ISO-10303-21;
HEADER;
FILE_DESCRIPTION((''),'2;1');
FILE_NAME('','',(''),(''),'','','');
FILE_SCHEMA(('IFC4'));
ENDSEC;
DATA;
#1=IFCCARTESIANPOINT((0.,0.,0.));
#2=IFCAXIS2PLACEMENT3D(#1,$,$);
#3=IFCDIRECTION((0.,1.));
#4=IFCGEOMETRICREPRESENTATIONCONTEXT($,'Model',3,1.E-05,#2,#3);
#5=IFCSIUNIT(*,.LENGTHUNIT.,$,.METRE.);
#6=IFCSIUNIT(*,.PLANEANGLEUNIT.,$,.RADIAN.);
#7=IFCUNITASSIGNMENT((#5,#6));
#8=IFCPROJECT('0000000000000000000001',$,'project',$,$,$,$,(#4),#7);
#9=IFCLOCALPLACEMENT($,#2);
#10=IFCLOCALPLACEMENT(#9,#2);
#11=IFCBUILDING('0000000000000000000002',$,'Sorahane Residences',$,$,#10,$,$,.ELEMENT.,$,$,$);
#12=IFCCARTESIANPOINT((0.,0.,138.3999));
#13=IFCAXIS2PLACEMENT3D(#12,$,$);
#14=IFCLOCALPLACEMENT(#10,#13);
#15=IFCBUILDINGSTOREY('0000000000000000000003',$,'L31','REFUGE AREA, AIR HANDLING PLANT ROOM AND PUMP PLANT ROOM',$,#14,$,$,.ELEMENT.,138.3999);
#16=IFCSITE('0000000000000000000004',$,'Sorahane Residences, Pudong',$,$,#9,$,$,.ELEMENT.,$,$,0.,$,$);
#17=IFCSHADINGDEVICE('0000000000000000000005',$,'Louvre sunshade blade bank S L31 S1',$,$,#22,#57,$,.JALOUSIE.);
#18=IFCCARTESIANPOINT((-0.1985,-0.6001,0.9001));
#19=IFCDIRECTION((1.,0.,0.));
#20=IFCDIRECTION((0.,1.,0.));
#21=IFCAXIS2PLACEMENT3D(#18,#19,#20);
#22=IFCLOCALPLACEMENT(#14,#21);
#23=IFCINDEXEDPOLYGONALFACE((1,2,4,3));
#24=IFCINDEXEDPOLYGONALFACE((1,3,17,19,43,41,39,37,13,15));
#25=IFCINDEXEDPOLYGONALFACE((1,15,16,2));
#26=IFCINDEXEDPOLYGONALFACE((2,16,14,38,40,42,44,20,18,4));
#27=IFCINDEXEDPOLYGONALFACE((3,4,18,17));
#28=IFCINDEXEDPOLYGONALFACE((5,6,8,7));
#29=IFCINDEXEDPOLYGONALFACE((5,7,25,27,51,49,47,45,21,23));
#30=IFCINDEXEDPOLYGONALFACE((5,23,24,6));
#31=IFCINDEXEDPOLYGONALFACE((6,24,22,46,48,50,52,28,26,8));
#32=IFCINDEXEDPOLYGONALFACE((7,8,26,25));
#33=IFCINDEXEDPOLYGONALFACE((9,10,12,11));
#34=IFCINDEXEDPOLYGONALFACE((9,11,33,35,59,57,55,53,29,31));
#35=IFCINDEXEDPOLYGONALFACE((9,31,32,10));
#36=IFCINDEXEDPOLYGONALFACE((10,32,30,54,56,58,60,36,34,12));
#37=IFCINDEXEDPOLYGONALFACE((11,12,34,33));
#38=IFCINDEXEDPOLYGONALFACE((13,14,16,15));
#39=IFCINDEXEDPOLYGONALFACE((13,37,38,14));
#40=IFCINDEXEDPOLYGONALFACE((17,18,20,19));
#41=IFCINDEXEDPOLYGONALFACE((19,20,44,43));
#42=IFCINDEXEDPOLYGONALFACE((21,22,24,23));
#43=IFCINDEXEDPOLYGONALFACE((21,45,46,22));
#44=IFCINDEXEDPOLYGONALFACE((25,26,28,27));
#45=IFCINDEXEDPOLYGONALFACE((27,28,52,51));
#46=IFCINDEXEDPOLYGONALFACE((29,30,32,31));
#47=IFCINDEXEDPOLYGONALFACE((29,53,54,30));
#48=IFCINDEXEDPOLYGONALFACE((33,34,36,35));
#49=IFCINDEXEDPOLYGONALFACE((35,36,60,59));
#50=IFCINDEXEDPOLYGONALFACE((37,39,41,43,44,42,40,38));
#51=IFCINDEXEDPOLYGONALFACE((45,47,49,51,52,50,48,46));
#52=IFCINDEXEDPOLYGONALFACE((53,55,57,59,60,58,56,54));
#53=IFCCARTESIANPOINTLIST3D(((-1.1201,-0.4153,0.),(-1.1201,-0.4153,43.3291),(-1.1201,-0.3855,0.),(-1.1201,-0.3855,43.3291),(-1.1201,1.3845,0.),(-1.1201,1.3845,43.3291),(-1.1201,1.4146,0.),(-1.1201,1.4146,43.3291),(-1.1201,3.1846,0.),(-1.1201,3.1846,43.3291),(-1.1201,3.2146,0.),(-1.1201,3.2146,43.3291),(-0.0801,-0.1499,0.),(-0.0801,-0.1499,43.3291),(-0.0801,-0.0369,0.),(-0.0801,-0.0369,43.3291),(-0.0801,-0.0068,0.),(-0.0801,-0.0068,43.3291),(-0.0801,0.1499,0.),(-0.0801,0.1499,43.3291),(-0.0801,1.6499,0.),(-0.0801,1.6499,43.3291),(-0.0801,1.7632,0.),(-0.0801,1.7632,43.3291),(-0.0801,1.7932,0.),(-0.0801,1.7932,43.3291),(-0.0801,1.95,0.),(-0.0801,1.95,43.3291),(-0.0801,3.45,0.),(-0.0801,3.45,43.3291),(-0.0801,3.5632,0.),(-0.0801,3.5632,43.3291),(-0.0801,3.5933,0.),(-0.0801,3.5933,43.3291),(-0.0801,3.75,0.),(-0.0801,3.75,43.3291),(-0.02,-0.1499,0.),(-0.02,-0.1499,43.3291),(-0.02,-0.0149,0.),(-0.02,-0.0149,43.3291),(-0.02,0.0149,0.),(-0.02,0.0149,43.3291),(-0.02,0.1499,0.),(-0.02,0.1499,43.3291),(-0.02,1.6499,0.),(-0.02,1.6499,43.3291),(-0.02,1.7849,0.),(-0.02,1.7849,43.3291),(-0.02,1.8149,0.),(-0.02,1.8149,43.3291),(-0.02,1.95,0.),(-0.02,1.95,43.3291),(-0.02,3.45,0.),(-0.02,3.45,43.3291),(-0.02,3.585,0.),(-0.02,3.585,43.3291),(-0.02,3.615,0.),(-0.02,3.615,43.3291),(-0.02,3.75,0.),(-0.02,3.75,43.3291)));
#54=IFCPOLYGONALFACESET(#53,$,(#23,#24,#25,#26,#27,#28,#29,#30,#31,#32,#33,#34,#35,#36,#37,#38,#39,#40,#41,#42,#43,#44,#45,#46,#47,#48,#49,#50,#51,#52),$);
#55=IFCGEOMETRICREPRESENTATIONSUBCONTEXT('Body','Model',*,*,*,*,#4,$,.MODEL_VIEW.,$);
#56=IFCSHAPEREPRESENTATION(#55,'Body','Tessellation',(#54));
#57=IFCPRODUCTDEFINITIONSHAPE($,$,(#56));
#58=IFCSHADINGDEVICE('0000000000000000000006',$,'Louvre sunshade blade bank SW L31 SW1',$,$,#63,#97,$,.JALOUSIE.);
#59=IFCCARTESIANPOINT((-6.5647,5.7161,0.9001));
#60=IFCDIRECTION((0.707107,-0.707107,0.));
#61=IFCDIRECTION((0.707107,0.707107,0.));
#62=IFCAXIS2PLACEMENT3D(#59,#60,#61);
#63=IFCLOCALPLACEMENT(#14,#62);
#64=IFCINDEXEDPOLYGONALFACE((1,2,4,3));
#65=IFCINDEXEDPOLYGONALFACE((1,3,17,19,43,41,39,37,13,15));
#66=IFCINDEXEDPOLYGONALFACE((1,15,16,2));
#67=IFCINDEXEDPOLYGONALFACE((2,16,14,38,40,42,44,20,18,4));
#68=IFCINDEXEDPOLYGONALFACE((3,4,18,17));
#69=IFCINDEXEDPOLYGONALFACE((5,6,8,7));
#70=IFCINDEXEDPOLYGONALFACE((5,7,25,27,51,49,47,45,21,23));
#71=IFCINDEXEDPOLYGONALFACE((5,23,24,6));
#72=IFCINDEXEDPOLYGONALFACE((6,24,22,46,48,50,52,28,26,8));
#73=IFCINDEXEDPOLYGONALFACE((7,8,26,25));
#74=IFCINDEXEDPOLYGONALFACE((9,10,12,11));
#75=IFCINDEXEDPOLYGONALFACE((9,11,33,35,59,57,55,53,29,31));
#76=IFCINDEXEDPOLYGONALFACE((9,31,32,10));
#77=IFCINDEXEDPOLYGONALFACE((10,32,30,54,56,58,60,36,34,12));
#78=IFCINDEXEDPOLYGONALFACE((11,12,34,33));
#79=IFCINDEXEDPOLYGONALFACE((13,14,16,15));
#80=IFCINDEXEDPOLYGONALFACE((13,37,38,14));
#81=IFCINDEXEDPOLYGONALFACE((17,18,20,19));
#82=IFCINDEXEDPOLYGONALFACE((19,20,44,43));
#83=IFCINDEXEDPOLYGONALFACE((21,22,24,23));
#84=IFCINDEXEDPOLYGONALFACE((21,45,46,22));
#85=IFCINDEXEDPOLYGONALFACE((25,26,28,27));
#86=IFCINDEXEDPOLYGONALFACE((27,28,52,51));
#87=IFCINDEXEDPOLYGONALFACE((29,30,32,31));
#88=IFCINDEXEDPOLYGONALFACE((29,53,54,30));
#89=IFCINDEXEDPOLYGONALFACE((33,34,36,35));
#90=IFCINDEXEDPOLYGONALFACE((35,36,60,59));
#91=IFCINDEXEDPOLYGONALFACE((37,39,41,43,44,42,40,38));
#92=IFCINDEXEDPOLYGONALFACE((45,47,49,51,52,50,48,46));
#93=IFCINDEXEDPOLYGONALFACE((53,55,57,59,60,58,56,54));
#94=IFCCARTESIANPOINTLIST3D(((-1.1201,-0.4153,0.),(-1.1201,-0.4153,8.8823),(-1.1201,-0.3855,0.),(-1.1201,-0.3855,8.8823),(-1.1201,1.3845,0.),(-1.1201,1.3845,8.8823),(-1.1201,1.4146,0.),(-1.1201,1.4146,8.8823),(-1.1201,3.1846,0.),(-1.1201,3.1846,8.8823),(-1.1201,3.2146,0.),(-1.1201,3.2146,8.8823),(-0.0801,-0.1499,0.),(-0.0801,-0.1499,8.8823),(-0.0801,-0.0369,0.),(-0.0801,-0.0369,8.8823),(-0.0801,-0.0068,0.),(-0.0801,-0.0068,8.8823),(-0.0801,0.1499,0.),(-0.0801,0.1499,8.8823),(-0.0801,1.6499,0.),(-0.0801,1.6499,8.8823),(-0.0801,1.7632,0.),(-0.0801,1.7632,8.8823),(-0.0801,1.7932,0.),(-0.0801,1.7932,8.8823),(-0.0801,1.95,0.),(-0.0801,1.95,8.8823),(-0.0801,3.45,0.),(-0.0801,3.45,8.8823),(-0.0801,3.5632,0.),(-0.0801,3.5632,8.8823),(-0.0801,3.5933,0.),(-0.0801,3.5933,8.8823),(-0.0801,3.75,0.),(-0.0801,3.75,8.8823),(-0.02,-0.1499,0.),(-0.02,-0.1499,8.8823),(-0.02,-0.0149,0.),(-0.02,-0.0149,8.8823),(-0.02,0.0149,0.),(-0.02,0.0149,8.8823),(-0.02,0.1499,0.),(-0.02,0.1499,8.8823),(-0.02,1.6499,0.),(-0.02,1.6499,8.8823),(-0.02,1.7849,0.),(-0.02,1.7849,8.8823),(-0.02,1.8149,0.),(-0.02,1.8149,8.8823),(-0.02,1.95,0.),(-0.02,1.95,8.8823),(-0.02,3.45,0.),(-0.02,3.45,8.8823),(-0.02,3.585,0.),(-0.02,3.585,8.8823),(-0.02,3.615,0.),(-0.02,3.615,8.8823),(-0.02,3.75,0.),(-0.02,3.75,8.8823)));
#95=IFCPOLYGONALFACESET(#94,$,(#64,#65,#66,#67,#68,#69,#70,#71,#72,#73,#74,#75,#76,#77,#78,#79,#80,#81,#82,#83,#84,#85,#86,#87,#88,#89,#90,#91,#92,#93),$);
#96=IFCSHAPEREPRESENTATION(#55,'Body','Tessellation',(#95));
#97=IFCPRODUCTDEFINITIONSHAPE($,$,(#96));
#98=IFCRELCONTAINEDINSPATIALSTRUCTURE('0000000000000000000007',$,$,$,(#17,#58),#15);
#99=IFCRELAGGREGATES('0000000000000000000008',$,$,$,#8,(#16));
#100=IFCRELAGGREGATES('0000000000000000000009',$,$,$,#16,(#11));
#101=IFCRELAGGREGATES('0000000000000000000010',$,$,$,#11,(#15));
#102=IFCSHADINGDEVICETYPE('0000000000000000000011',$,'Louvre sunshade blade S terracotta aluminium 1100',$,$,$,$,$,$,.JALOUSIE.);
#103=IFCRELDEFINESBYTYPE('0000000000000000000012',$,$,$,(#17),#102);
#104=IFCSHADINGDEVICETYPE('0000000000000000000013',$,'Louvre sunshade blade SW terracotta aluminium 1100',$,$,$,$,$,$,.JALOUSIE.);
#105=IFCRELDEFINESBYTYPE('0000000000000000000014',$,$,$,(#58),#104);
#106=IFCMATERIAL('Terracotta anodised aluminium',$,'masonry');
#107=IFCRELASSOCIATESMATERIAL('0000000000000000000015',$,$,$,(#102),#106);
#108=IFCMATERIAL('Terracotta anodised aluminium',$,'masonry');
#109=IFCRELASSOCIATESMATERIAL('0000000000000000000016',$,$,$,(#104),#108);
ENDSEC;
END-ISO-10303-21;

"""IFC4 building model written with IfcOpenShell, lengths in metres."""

from ifc_helpers import new_model, si_unit, direction, frame, origin, place, context, subcontext, project, spatial, polyline, outline, composite_profile, extrude, material, type_object, element, save


model = new_model("IFC4")

# Units and contexts
model_context = context("Model", 3, precision=1e-05, world=origin(), true_north=direction((0.0, 1.0)))
body_context = subcontext(model_context, "Body", "Model", "MODEL_VIEW")
ifc_project = project(units=[si_unit("LENGTHUNIT", "METRE"), si_unit("PLANEANGLEUNIT", "RADIAN")], contexts=[model_context])

# Site, building, storey
site_placement = place(None, origin())
site = spatial("IfcSite", under=ifc_project, at=site_placement, Name="Sorahane Residences, Pudong", CompositionType="ELEMENT", RefElevation=0.0)
building_placement = place(site_placement, origin())
building = spatial("IfcBuilding", under=site, at=building_placement, Name="Sorahane Residences", CompositionType="ELEMENT")
storey_placement = place(building_placement, frame((0.0, 0.0, 138.3999)))
storey = spatial("IfcBuildingStorey", under=building, at=storey_placement, Name="L31", Description="REFUGE AREA, AIR HANDLING PLANT ROOM AND PUMP PLANT ROOM", CompositionType="ELEMENT", Elevation=138.3999)

# Shading devices
ifc_material_1 = material(Name="Terracotta anodised aluminium", Category="masonry")
shading_device_type_1 = type_object("IfcShadingDeviceType", Name="Louvre sunshade blade S terracotta aluminium 1100", PredefinedType="JALOUSIE", material=ifc_material_1)
shading_device_1_placement = place(storey_placement, frame((-0.1985, -0.6001, 0.9001), z_axis=(1.0, 0.0, 0.0), x_axis=(0.0, 1.0, 0.0)))
element("IfcShadingDevice", 1, at=shading_device_1_placement, inside=storey, type_object=shading_device_type_1, Name="Louvre sunshade blade bank S L31 S1", PredefinedType="JALOUSIE", context=body_context, shape_type="SweptSolid", body=[
    extrude(composite_profile([outline(polyline([(-1.1201, -0.3855), (-1.1201, -0.4153), (-0.0801, -0.0369), (-0.0801, -0.1499), (-0.02, -0.1499), (-0.02, -0.0149), (-0.02, 0.0149), (-0.02, 0.1499), (-0.0801, 0.1499), (-0.0801, -0.0068), (-1.1201, -0.3855)])), outline(polyline([(-1.1201, 1.4146), (-1.1201, 1.3845), (-0.0801, 1.7632), (-0.0801, 1.6499), (-0.02, 1.6499), (-0.02, 1.7849), (-0.02, 1.8149), (-0.02, 1.95), (-0.0801, 1.95), (-0.0801, 1.7932), (-1.1201, 1.4146)])), outline(polyline([(-1.1201, 3.2146), (-1.1201, 3.1846), (-0.0801, 3.5632), (-0.0801, 3.45), (-0.02, 3.45), (-0.02, 3.585), (-0.02, 3.615), (-0.02, 3.75), (-0.0801, 3.75), (-0.0801, 3.5933), (-1.1201, 3.2146)]))]), origin(), (0.0, 0.0, 1.0), 43.3291),
])
ifc_material_2 = material(Name="Terracotta anodised aluminium", Category="masonry")
shading_device_type_2 = type_object("IfcShadingDeviceType", Name="Louvre sunshade blade SW terracotta aluminium 1100", PredefinedType="JALOUSIE", material=ifc_material_2)
shading_device_2_placement = place(storey_placement, frame((-6.5647, 5.7161, 0.9001), z_axis=(0.707107, -0.707107, 0.0), x_axis=(0.707107, 0.707107, 0.0)))
element("IfcShadingDevice", 2, at=shading_device_2_placement, inside=storey, type_object=shading_device_type_2, Name="Louvre sunshade blade bank SW L31 SW1", PredefinedType="JALOUSIE", context=body_context, shape_type="SweptSolid", body=[
    extrude(composite_profile([outline(polyline([(-1.1201, -0.3855), (-1.1201, -0.4153), (-0.0801, -0.0369), (-0.0801, -0.1499), (-0.02, -0.1499), (-0.02, -0.0149), (-0.02, 0.0149), (-0.02, 0.1499), (-0.0801, 0.1499), (-0.0801, -0.0068), (-1.1201, -0.3855)])), outline(polyline([(-1.1201, 1.4146), (-1.1201, 1.3845), (-0.0801, 1.7632), (-0.0801, 1.6499), (-0.02, 1.6499), (-0.02, 1.7849), (-0.02, 1.8149), (-0.02, 1.95), (-0.0801, 1.95), (-0.0801, 1.7932), (-1.1201, 1.4146)])), outline(polyline([(-1.1201, 3.2146), (-1.1201, 3.1846), (-0.0801, 3.5632), (-0.0801, 3.45), (-0.02, 3.45), (-0.02, 3.585), (-0.02, 3.615), (-0.02, 3.75), (-0.0801, 3.75), (-0.0801, 3.5933), (-1.1201, 3.2146)]))]), origin(), (0.0, 0.0, 1.0), 8.8823),
])

save(model, "model.ifc")
